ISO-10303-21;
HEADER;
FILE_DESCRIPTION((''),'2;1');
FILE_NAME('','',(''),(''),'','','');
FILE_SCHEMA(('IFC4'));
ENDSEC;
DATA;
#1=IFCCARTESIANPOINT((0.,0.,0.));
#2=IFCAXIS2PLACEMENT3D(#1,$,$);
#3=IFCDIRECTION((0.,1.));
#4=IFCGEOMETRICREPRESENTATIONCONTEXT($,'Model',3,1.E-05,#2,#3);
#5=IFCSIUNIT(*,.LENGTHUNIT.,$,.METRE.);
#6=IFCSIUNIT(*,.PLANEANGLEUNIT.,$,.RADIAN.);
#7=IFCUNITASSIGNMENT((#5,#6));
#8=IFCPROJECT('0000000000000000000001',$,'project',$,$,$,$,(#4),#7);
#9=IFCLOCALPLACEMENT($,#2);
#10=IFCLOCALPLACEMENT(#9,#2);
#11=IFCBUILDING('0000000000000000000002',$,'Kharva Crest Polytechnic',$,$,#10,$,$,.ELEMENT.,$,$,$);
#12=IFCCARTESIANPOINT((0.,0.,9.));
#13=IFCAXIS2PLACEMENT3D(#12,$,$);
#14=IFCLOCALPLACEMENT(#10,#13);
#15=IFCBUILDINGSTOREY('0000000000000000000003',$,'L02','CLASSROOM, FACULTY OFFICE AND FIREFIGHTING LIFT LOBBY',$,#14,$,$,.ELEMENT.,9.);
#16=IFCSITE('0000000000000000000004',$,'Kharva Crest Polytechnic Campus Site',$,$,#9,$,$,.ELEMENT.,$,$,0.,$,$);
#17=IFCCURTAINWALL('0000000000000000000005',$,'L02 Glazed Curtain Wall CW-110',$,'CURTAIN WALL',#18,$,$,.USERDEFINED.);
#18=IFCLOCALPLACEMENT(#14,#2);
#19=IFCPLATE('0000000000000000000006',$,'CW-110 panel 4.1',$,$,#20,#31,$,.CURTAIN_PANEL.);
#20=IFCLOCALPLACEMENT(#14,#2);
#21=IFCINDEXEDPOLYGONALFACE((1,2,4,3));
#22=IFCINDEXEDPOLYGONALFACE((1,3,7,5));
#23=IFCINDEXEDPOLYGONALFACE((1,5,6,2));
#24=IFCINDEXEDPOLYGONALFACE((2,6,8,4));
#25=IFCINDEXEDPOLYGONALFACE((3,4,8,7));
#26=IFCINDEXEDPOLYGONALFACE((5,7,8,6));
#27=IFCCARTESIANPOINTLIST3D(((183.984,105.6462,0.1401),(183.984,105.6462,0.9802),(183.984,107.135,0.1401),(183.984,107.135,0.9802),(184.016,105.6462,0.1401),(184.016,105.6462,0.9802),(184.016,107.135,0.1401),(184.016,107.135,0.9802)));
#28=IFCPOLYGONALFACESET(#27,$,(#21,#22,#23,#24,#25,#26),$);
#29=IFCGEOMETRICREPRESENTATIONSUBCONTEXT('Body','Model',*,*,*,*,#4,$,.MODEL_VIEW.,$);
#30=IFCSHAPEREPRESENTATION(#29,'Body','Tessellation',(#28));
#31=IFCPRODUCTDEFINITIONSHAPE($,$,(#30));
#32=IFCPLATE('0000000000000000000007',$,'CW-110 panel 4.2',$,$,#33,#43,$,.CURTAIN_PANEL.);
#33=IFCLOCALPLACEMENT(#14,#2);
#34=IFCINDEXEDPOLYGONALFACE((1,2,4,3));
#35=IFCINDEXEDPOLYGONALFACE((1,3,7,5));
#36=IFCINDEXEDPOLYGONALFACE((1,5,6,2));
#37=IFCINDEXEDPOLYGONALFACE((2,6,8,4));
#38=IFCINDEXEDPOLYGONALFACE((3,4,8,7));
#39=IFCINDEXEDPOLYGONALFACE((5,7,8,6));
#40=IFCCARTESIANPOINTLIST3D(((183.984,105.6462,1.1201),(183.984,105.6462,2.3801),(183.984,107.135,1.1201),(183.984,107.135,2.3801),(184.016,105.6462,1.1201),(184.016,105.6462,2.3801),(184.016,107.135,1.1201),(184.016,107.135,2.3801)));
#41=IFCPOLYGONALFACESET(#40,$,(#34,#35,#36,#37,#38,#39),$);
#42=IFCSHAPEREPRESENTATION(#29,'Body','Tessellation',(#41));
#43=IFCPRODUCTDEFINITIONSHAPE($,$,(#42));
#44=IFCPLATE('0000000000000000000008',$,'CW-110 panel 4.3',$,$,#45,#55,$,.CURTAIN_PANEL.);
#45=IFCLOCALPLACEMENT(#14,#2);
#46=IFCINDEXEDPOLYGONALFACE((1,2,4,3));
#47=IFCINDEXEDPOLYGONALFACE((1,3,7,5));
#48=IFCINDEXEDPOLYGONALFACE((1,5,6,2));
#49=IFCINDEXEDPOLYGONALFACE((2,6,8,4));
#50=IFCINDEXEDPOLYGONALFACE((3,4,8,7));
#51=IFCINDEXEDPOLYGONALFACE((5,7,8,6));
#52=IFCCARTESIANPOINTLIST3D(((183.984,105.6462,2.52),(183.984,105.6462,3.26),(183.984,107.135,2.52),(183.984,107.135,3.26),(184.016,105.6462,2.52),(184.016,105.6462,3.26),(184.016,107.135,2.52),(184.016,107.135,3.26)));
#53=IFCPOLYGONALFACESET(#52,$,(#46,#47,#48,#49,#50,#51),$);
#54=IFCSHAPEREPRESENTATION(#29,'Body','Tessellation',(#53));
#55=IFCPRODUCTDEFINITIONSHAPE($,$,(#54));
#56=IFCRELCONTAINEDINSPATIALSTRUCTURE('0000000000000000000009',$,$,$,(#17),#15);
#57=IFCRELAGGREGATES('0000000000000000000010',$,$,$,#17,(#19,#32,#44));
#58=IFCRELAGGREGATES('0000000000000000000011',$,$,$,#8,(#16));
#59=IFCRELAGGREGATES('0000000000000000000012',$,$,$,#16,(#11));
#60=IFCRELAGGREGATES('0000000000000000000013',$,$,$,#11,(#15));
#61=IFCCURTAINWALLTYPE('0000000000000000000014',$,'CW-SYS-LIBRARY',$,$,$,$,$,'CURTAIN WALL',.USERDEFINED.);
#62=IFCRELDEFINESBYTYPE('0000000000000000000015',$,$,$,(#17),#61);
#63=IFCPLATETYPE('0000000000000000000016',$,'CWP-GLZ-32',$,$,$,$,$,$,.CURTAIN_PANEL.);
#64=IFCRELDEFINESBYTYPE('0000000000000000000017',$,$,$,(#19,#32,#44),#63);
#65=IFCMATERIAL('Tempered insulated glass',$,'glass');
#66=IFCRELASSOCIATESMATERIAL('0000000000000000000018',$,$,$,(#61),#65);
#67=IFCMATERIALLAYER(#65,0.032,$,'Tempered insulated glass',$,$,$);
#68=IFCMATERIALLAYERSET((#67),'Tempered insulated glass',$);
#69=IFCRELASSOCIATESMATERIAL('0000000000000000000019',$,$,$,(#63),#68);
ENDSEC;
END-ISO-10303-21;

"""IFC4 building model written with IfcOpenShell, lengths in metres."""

from ifc_helpers import new_model, si_unit, direction, frame, origin, origin_2d, place, context, subcontext, project, spatial, rectangle, extrude, material, layer, layer_set, type_object, element, aggregate, save


model = new_model("IFC4")

# Units and contexts
model_context = context("Model", 3, precision=1e-05, world=origin(), true_north=direction((0.0, 1.0)))
body_context = subcontext(model_context, "Body", "Model", "MODEL_VIEW")
ifc_project = project(units=[si_unit("LENGTHUNIT", "METRE"), si_unit("PLANEANGLEUNIT", "RADIAN")], contexts=[model_context])

# Site, building, storey
site_placement = place(None, origin())
site = spatial("IfcSite", under=ifc_project, at=site_placement, Name="Kharva Crest Polytechnic Campus Site", CompositionType="ELEMENT", RefElevation=0.0)
building_placement = place(site_placement, origin())
building = spatial("IfcBuilding", under=site, at=building_placement, Name="Kharva Crest Polytechnic", CompositionType="ELEMENT")
storey_placement = place(building_placement, frame((0.0, 0.0, 9.0)))
storey = spatial("IfcBuildingStorey", under=building, at=storey_placement, Name="L02", Description="CLASSROOM, FACULTY OFFICE AND FIREFIGHTING LIFT LOBBY", CompositionType="ELEMENT", Elevation=9.0)

# Curtain wall
ifc_material_1 = material(Name="Tempered insulated glass", Category="glass")
curtain_wall_type = type_object("IfcCurtainWallType", Name="CW-SYS-LIBRARY", ElementType="CURTAIN WALL", PredefinedType="USERDEFINED", material=ifc_material_1)
curtain_wall_placement = place(storey_placement, origin())
curtain_wall = element("IfcCurtainWall", 1, at=curtain_wall_placement, inside=storey, type_object=curtain_wall_type, Name="L02 Glazed Curtain Wall CW-110", ObjectType="CURTAIN WALL", PredefinedType="USERDEFINED")

# Plates
ifc_layer = layer(ifc_material_1, 0.032, Name="Tempered insulated glass")
ifc_layer_set = layer_set([ifc_layer], Name="Tempered insulated glass")
plate_type = type_object("IfcPlateType", Name="CWP-GLZ-32", PredefinedType="CURTAIN_PANEL", material=ifc_layer_set)
plate_1_placement = place(storey_placement, frame((184.0, 106.3906, 0.1401), z_axis=(0.0, 0.0, 1.0), x_axis=(0.0, 1.0, 0.0)))
plate_1 = element("IfcPlate", 2, at=plate_1_placement, type_object=plate_type, Name="CW-110 panel 4.1", PredefinedType="CURTAIN_PANEL", context=body_context, shape_type="SweptSolid", body=[
    extrude(rectangle(XDim=1.4888, YDim=0.032, at=origin_2d()), origin(), (0.0, 0.0, 1.0), 0.8401),
])
plate_2_placement = place(storey_placement, frame((184.0, 106.3906, 1.1201), z_axis=(0.0, 0.0, 1.0), x_axis=(0.0, 1.0, 0.0)))
plate_2 = element("IfcPlate", 3, at=plate_2_placement, type_object=plate_type, Name="CW-110 panel 4.2", PredefinedType="CURTAIN_PANEL", context=body_context, shape_type="SweptSolid", body=[
    extrude(rectangle(XDim=1.4888, YDim=0.032, at=origin_2d()), origin(), (0.0, 0.0, 1.0), 1.26),
])
plate_3_placement = place(storey_placement, frame((184.0, 106.3906, 2.52), z_axis=(0.0, 0.0, 1.0), x_axis=(0.0, 1.0, 0.0)))
plate_3 = element("IfcPlate", 4, at=plate_3_placement, type_object=plate_type, Name="CW-110 panel 4.3", PredefinedType="CURTAIN_PANEL", context=body_context, shape_type="SweptSolid", body=[
    extrude(rectangle(XDim=1.4888, YDim=0.032, at=origin_2d()), origin(), (0.0, 0.0, 1.0), 0.74),
])
aggregate(curtain_wall, [plate_1, plate_2, plate_3])

save(model, "model.ifc")
